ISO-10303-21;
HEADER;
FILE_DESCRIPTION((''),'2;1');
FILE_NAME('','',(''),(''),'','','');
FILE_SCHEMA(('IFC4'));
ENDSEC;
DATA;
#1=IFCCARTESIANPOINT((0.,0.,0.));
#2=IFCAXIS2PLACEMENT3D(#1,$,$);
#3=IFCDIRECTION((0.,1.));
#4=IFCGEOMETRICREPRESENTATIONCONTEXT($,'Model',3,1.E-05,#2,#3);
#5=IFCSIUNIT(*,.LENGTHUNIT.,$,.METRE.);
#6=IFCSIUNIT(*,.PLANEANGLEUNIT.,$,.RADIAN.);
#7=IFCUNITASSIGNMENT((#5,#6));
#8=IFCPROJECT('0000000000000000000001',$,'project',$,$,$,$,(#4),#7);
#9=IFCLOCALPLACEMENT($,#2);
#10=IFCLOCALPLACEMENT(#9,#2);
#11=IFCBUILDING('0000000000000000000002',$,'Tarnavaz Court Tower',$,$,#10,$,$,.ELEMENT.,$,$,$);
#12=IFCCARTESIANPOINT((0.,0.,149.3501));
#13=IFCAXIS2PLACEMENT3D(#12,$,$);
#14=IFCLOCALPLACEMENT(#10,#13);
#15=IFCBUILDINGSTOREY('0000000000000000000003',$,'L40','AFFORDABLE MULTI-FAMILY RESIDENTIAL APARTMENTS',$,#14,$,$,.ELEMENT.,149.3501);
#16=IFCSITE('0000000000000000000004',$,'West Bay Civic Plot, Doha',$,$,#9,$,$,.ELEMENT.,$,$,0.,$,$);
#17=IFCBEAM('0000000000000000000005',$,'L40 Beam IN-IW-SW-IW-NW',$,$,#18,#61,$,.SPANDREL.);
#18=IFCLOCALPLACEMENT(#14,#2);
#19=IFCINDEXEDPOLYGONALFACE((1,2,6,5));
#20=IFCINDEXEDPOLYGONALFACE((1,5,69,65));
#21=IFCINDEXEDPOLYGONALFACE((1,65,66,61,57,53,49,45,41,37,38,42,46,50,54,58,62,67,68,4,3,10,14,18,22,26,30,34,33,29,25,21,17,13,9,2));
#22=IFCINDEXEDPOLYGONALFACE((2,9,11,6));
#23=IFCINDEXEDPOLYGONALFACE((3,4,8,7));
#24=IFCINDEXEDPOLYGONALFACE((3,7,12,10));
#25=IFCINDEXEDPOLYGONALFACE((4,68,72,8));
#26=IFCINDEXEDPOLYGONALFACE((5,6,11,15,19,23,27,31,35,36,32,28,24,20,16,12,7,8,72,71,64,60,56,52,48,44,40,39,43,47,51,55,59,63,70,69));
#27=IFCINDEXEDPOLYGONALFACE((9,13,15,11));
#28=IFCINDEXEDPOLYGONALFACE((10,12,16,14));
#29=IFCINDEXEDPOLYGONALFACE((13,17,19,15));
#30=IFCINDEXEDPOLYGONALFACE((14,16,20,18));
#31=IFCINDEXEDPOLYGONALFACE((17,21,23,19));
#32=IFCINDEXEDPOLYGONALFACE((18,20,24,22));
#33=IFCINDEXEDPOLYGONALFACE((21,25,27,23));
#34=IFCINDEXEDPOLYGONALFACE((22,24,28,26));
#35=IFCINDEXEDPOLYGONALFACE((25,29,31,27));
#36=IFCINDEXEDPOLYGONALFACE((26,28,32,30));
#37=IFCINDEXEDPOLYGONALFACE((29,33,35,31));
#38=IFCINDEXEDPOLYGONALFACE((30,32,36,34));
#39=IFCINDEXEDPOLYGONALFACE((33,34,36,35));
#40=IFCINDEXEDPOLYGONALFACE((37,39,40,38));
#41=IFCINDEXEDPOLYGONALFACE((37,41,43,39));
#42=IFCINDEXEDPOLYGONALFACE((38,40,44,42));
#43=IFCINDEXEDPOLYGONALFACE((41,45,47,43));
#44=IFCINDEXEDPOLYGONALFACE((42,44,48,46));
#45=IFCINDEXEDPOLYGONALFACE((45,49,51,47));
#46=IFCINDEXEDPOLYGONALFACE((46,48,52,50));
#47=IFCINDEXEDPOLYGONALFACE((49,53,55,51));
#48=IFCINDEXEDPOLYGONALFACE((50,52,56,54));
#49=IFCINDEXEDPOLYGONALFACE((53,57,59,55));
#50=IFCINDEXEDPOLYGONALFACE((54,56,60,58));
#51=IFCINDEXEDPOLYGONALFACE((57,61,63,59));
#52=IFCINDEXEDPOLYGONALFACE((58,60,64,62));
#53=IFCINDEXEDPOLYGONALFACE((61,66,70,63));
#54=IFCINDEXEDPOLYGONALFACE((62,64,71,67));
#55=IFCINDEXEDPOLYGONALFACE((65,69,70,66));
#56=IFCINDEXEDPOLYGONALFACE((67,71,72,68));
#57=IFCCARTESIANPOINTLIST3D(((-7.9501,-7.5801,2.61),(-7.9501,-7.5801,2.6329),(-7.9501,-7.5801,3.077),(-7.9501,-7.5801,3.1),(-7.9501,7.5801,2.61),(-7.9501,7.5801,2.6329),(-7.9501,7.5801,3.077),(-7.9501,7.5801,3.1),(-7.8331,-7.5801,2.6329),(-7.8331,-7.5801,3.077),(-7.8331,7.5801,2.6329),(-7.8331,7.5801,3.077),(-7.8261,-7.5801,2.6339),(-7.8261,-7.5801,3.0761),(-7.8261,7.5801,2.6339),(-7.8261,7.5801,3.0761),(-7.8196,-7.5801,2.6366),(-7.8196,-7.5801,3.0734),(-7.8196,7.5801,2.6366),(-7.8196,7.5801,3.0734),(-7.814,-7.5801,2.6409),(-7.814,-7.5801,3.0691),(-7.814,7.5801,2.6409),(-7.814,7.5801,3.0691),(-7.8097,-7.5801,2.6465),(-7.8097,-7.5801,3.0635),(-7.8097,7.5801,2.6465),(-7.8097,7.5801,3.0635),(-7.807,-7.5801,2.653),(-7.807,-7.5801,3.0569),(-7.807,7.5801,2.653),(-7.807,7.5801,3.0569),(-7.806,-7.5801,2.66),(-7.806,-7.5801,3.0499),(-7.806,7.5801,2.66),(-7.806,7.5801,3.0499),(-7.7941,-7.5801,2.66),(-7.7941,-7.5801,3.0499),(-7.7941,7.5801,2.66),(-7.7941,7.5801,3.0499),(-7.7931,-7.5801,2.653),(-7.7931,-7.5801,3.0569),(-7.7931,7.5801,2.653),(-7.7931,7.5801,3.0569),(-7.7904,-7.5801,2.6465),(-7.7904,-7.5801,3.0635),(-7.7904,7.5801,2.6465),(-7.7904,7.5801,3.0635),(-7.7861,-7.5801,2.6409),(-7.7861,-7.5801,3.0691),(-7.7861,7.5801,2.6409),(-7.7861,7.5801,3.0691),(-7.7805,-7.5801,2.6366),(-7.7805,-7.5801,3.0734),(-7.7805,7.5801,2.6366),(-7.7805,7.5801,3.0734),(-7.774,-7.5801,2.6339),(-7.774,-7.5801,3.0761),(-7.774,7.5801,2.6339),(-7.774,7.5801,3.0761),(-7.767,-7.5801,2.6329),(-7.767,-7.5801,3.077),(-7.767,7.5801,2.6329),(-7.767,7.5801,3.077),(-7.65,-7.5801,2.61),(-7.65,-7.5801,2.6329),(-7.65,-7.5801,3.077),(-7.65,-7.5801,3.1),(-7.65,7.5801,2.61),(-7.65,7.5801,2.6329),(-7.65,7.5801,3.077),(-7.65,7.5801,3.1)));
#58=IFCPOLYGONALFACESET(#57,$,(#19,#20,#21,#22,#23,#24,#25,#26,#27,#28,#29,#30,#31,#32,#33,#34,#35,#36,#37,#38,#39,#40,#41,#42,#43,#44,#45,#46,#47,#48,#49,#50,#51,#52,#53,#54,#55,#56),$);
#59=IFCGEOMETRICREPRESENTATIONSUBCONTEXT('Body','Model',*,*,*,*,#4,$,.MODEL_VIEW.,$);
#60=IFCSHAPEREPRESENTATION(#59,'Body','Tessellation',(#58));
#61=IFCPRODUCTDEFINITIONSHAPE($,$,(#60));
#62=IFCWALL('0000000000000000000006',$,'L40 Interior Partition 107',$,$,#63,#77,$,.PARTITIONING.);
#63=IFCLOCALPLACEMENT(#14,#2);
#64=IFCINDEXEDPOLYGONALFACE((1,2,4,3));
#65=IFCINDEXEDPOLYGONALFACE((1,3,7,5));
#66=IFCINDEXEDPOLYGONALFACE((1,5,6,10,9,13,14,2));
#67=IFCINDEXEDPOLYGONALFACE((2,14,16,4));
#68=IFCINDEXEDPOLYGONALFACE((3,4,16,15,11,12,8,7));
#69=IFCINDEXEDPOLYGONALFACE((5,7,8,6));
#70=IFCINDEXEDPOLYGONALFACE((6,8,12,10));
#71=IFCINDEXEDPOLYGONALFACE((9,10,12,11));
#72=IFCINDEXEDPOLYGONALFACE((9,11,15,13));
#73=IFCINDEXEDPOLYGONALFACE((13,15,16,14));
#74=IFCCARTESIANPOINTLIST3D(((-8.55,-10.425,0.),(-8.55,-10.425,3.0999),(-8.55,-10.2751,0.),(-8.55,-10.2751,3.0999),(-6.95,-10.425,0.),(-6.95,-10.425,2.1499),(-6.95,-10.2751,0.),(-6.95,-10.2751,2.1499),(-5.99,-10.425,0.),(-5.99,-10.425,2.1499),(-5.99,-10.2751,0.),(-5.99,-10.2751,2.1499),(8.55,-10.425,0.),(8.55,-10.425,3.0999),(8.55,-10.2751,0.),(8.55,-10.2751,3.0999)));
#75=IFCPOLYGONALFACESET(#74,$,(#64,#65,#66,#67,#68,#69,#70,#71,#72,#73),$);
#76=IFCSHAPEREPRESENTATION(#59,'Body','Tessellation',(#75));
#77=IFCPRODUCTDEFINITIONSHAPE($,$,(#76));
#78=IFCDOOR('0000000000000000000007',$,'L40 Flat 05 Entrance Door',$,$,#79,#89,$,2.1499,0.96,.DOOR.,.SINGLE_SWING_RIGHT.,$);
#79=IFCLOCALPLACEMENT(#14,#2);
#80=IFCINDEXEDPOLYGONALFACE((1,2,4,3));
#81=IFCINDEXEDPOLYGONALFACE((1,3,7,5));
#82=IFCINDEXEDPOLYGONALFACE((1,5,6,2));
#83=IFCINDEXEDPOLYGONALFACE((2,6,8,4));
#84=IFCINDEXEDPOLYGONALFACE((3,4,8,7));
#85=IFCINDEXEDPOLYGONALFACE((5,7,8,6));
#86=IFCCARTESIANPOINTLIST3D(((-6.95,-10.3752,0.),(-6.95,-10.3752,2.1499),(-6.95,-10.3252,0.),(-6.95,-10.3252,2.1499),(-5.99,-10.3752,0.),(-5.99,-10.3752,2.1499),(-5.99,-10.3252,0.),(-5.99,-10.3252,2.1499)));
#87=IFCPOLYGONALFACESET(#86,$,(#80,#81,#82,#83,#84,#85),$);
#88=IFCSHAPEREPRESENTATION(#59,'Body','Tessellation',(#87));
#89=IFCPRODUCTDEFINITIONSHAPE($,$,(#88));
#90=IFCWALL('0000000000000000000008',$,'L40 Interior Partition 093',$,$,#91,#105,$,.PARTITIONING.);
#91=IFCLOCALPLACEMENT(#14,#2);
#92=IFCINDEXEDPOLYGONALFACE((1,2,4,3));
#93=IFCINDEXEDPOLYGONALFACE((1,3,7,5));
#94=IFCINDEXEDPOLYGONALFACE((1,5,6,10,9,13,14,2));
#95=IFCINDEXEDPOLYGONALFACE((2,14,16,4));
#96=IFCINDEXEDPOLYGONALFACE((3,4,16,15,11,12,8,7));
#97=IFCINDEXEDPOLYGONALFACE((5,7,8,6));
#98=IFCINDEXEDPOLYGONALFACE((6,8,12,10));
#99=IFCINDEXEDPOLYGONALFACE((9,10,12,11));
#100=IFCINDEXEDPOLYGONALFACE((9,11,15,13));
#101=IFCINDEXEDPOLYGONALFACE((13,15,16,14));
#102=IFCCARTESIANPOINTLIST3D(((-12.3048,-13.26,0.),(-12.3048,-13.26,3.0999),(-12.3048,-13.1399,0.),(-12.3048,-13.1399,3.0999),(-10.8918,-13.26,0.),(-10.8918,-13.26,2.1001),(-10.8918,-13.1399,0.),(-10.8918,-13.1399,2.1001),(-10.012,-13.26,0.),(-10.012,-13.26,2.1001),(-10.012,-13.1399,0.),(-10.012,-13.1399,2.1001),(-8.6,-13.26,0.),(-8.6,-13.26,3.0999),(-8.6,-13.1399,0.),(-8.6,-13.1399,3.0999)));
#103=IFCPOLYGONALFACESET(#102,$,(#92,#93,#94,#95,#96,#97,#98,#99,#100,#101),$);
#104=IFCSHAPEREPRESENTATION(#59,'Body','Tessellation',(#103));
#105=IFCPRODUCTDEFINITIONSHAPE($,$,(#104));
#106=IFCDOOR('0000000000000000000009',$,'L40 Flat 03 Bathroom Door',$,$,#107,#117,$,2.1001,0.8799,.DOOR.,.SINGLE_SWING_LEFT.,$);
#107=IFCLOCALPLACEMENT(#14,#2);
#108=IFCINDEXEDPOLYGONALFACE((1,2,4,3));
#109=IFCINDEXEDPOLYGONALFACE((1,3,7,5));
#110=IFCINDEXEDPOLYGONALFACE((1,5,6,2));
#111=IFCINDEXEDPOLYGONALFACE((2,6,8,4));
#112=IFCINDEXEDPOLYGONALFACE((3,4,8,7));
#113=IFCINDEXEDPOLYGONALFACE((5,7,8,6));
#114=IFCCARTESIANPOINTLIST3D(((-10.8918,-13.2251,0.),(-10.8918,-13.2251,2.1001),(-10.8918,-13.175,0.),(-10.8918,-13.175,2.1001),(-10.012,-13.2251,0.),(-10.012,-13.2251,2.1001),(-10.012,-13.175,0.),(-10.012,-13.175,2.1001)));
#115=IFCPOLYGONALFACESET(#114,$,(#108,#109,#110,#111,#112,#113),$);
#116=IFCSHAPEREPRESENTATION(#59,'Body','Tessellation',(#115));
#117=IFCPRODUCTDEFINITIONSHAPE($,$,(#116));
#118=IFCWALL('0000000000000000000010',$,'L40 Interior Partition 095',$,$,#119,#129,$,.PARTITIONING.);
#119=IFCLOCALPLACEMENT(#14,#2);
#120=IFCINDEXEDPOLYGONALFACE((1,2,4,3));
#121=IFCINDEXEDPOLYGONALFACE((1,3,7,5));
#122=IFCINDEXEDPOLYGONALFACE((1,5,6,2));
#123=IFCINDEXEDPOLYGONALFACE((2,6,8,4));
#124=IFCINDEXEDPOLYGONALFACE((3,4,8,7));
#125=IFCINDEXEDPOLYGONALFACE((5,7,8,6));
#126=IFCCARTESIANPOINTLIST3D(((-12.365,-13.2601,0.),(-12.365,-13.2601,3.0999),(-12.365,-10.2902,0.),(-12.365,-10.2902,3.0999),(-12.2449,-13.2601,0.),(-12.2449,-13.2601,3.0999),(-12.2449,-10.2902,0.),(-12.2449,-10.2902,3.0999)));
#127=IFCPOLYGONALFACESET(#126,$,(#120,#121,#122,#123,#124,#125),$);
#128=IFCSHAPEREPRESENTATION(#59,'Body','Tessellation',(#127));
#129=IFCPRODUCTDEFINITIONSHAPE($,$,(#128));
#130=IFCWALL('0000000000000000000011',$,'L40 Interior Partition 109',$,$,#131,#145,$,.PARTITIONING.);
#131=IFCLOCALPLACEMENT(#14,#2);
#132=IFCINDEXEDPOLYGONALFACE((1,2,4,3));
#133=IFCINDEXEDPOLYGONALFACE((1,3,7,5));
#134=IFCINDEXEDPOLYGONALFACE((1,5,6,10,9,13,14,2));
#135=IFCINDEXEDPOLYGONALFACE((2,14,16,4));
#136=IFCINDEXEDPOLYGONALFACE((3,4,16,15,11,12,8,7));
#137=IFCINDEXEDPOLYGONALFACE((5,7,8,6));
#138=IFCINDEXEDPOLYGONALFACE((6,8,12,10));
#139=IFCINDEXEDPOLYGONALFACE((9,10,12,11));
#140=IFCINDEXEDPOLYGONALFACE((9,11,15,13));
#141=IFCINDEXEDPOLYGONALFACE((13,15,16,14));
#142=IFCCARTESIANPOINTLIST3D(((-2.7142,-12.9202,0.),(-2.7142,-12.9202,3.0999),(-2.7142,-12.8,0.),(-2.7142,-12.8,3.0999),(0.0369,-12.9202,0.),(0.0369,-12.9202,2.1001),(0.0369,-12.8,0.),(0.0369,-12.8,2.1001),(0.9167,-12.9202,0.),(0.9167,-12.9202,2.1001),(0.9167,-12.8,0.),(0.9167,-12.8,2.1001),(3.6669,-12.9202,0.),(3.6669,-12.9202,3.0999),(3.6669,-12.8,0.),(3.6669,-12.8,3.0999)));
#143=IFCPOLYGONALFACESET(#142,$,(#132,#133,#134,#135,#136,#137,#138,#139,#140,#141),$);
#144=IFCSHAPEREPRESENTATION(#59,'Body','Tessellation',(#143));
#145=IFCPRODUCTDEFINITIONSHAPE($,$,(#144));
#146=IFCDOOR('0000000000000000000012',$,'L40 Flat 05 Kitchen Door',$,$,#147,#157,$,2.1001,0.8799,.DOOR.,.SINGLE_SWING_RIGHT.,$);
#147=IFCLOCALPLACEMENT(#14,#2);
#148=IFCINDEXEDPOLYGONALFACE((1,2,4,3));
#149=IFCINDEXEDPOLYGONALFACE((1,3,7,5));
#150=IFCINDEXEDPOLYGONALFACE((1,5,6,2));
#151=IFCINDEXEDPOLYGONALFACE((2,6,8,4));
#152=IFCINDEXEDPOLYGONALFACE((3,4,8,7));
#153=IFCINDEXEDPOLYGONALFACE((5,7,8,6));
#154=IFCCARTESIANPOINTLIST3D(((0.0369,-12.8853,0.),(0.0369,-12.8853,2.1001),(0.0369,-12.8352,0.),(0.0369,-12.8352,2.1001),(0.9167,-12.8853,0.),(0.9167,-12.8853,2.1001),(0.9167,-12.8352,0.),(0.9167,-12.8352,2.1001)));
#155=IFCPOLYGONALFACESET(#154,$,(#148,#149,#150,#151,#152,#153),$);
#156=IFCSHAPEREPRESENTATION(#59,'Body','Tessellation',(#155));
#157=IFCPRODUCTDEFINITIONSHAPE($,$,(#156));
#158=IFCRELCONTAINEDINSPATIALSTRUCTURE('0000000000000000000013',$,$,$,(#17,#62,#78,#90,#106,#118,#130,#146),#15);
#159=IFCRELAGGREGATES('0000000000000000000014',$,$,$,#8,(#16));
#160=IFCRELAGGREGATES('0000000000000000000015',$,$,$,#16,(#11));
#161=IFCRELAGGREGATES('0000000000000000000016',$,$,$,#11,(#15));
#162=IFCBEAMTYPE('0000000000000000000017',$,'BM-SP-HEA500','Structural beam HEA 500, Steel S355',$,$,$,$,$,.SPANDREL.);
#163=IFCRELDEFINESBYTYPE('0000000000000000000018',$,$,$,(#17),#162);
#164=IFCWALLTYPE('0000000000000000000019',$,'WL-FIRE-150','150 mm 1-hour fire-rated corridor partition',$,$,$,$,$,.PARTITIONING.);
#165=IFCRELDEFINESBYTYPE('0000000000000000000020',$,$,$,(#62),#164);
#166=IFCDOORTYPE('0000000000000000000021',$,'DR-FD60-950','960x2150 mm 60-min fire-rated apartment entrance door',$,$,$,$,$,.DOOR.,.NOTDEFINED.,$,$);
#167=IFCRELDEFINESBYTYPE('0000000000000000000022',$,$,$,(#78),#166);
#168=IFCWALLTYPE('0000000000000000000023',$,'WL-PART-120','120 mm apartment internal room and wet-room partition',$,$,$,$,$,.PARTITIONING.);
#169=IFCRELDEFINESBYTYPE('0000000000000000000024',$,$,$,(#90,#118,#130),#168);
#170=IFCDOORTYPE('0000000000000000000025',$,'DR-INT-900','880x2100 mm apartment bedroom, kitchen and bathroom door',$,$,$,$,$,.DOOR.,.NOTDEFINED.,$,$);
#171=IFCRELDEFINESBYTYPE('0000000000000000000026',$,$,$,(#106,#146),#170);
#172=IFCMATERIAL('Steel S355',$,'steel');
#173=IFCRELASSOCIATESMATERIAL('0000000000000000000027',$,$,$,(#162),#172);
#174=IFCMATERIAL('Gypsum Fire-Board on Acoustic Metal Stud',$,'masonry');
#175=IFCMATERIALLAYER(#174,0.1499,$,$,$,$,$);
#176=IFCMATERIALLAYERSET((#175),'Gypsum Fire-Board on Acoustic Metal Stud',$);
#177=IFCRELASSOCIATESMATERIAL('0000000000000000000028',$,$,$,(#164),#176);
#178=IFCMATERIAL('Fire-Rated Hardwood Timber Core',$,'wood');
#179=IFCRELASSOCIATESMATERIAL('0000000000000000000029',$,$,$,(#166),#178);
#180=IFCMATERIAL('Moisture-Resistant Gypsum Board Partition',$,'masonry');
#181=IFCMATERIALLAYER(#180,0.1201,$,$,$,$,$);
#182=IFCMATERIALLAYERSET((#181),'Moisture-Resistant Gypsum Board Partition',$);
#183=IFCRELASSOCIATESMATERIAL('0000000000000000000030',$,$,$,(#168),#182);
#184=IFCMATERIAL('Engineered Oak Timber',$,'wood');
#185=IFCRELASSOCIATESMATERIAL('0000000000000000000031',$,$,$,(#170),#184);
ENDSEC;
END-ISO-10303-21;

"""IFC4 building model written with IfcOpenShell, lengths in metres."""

from ifc_helpers import new_model, si_unit, direction, frame, frame_2d, origin, origin_2d, place, context, subcontext, project, spatial, rectangle, i_section, extrude, material, layer, layer_set, material_profile, profile_set, type_object, element, fill, save


model = new_model("IFC4")

# Units and contexts
model_context = context("Model", 3, precision=1e-05, world=origin(), true_north=direction((0.0, 1.0)))
body_context = subcontext(model_context, "Body", "Model", "MODEL_VIEW")
ifc_project = project(units=[si_unit("LENGTHUNIT", "METRE"), si_unit("PLANEANGLEUNIT", "RADIAN")], contexts=[model_context])

# Site, building, storey
site_placement = place(None, origin())
site = spatial("IfcSite", under=ifc_project, at=site_placement, Name="West Bay Civic Plot, Doha", CompositionType="ELEMENT", RefElevation=0.0)
building_placement = place(site_placement, origin())
building = spatial("IfcBuilding", under=site, at=building_placement, Name="Tarnavaz Court Tower", CompositionType="ELEMENT")
storey_placement = place(building_placement, frame((0.0, 0.0, 149.3501)))
storey = spatial("IfcBuildingStorey", under=building, at=storey_placement, Name="L40", Description="AFFORDABLE MULTI-FAMILY RESIDENTIAL APARTMENTS", CompositionType="ELEMENT", Elevation=149.3501)

# Beam
ifc_material_1 = material(Name="Steel S355", Category="steel")
ifc_material_profile_1 = material_profile(ifc_material_1, i_section(OverallWidth=0.3, OverallDepth=0.49, WebThickness=0.012, FlangeThickness=0.0229, FilletRadius=0.0271, at=origin_2d()), Name="HEA 500")
ifc_profile_set_1 = profile_set([ifc_material_profile_1], Name="Steel S355")
beam_type_1 = type_object("IfcBeamType", Name="BM-SP-HEA500", Description="Structural beam HEA 500, Steel S355", PredefinedType="SPANDREL", material=ifc_profile_set_1)
for number, where, z_axis, x_axis, name in (
    (1, (-7.8, -7.5801, 2.855), (0.0, 1.0, 0.0), (-1.0, 0.0, 0.0), "L40 Beam IN-IW-SW-IW-NW"),
):
    element("IfcBeam", number, at=place(storey_placement, frame(where, z_axis=z_axis, x_axis=x_axis)), inside=storey, type_object=beam_type_1, Name=name, PredefinedType="SPANDREL", context=body_context, shape_type="SweptSolid", body=[
        extrude(i_section(OverallWidth=0.3, OverallDepth=0.49, WebThickness=0.012, FlangeThickness=0.0229, FilletRadius=0.0271, at=origin_2d()), origin(), (0.0, 0.0, 1.0), 15.1602),
    ])

# Walls, openings, doors
ifc_material_2 = material(Name="Gypsum Fire-Board on Acoustic Metal Stud", Category="masonry")
ifc_layer_1 = layer(ifc_material_2, 0.1499)
ifc_layer_set_1 = layer_set([ifc_layer_1], Name="Gypsum Fire-Board on Acoustic Metal Stud")
wall_type_1 = type_object("IfcWallType", Name="WL-FIRE-150", Description="150 mm 1-hour fire-rated corridor partition", PredefinedType="PARTITIONING", material=ifc_layer_set_1)
wall_1_placement = place(storey_placement, frame((-8.55, -10.3501, 0.0), z_axis=(0.0, 0.0, 1.0), x_axis=(1.0, 0.0, 0.0)))
wall_1 = element("IfcWall", 2, at=wall_1_placement, inside=storey, type_object=wall_type_1, Name="L40 Interior Partition 107", PredefinedType="PARTITIONING", context=body_context, shape_type="SweptSolid", body=[
    extrude(rectangle(XDim=17.1001, YDim=0.1499, at=frame_2d((8.55, 0.0))), origin(), (0.0, 0.0, 1.0), 3.0999),
])
opening_1_placement = place(wall_1_placement, frame((1.6001, 0.0, 0.0)))
opening_1 = element("IfcOpeningElement", 3, at=opening_1_placement, cuts=wall_1, PredefinedType="OPENING", context=body_context, shape_type="SweptSolid", body=[
    extrude(rectangle(XDim=0.96, YDim=2.1499, at=frame_2d((0.48, 1.075))), frame((0.0, 0.085, 0.0), z_axis=(0.0, -1.0, 0.0), x_axis=(1.0, 0.0, 0.0)), (0.0, 0.0, 1.0), 0.1699),
])
ifc_material_3 = material(Name="Fire-Rated Hardwood Timber Core", Category="wood")
door_type_1 = type_object("IfcDoorType", Name="DR-FD60-950", Description="960x2150 mm 60-min fire-rated apartment entrance door", OperationType="NOTDEFINED", PredefinedType="DOOR", material=ifc_material_3)
door_1_placement = place(opening_1_placement, origin())
door_1 = element("IfcDoor", 4, at=door_1_placement, inside=storey, type_object=door_type_1, Name="L40 Flat 05 Entrance Door", OperationType="SINGLE_SWING_RIGHT", OverallHeight=2.1499, OverallWidth=0.96, PredefinedType="DOOR", context=body_context, shape_type="SweptSolid", body=[
    extrude(rectangle(XDim=0.96, YDim=2.1499, at=frame_2d((0.48, 1.075))), frame((0.0, 0.0249, 0.0), z_axis=(0.0, -1.0, 0.0), x_axis=(1.0, 0.0, 0.0)), (0.0, 0.0, 1.0), 0.05),
])
fill(opening_1, door_1)
ifc_material_4 = material(Name="Moisture-Resistant Gypsum Board Partition", Category="masonry")
ifc_layer_2 = layer(ifc_material_4, 0.1201)
ifc_layer_set_2 = layer_set([ifc_layer_2], Name="Moisture-Resistant Gypsum Board Partition")
wall_type_2 = type_object("IfcWallType", Name="WL-PART-120", Description="120 mm apartment internal room and wet-room partition", PredefinedType="PARTITIONING", material=ifc_layer_set_2)
wall_2_placement = place(storey_placement, frame((-12.3049, -13.2, 0.0), z_axis=(0.0, 0.0, 1.0), x_axis=(1.0, 0.0, 0.0)))
wall_2 = element("IfcWall", 5, at=wall_2_placement, inside=storey, type_object=wall_type_2, Name="L40 Interior Partition 093", PredefinedType="PARTITIONING", context=body_context, shape_type="SweptSolid", body=[
    extrude(rectangle(XDim=3.7048, YDim=0.1201, at=frame_2d((1.8525, 0.0))), origin(), (0.0, 0.0, 1.0), 3.0999),
])
opening_2_placement = place(wall_2_placement, frame((1.4131, 0.0, 0.0)))
opening_2 = element("IfcOpeningElement", 6, at=opening_2_placement, cuts=wall_2, PredefinedType="OPENING", context=body_context, shape_type="SweptSolid", body=[
    extrude(rectangle(XDim=0.8799, YDim=2.1001, at=frame_2d((0.4399, 1.05))), frame((0.0, 0.0701, 0.0), z_axis=(0.0, -1.0, 0.0), x_axis=(1.0, 0.0, 0.0)), (0.0, 0.0, 1.0), 0.1401),
])
ifc_material_5 = material(Name="Engineered Oak Timber", Category="wood")
door_type_2 = type_object("IfcDoorType", Name="DR-INT-900", Description="880x2100 mm apartment bedroom, kitchen and bathroom door", OperationType="NOTDEFINED", PredefinedType="DOOR", material=ifc_material_5)
door_2_placement = place(opening_2_placement, origin())
door_2 = element("IfcDoor", 7, at=door_2_placement, inside=storey, type_object=door_type_2, Name="L40 Flat 03 Bathroom Door", OperationType="SINGLE_SWING_LEFT", OverallHeight=2.1001, OverallWidth=0.8799, PredefinedType="DOOR", context=body_context, shape_type="SweptSolid", body=[
    extrude(rectangle(XDim=0.8799, YDim=2.1001, at=frame_2d((0.4399, 1.05))), frame((0.0, 0.0249, 0.0), z_axis=(0.0, -1.0, 0.0), x_axis=(1.0, 0.0, 0.0)), (0.0, 0.0, 1.0), 0.05),
])
fill(opening_2, door_2)

# Wall
wall_3_placement = place(storey_placement, frame((-12.3049, -13.26, 0.0), z_axis=(0.0, 0.0, 1.0), x_axis=(0.0, 1.0, 0.0)))
element("IfcWall", 8, at=wall_3_placement, inside=storey, type_object=wall_type_2, Name="L40 Interior Partition 095", PredefinedType="PARTITIONING", context=body_context, shape_type="SweptSolid", body=[
    extrude(rectangle(XDim=2.97, YDim=0.1201, at=frame_2d((1.4849, 0.0))), origin(), (0.0, 0.0, 1.0), 3.0999),
])

# Wall, opening, door
wall_4_placement = place(storey_placement, frame((-2.7141, -12.8601, 0.0), z_axis=(0.0, 0.0, 1.0), x_axis=(1.0, 0.0, 0.0)))
wall_4 = element("IfcWall", 9, at=wall_4_placement, inside=storey, type_object=wall_type_2, Name="L40 Interior Partition 109", PredefinedType="PARTITIONING", context=body_context, shape_type="SweptSolid", body=[
    extrude(rectangle(XDim=6.3811, YDim=0.1201, at=frame_2d((3.1904, 0.0))), origin(), (0.0, 0.0, 1.0), 3.0999),
])
opening_3_placement = place(wall_4_placement, frame((2.751, 0.0, 0.0)))
opening_3 = element("IfcOpeningElement", 10, at=opening_3_placement, cuts=wall_4, PredefinedType="OPENING", context=body_context, shape_type="SweptSolid", body=[
    extrude(rectangle(XDim=0.8799, YDim=2.1001, at=frame_2d((0.4399, 1.05))), frame((0.0, 0.0701, 0.0), z_axis=(0.0, -1.0, 0.0), x_axis=(1.0, 0.0, 0.0)), (0.0, 0.0, 1.0), 0.1401),
])
door_3_placement = place(opening_3_placement, origin())
door_3 = element("IfcDoor", 11, at=door_3_placement, inside=storey, type_object=door_type_2, Name="L40 Flat 05 Kitchen Door", OperationType="SINGLE_SWING_RIGHT", OverallHeight=2.1001, OverallWidth=0.8799, PredefinedType="DOOR", context=body_context, shape_type="SweptSolid", body=[
    extrude(rectangle(XDim=0.8799, YDim=2.1001, at=frame_2d((0.4399, 1.05))), frame((0.0, 0.0249, 0.0), z_axis=(0.0, -1.0, 0.0), x_axis=(1.0, 0.0, 0.0)), (0.0, 0.0, 1.0), 0.05),
])
fill(opening_3, door_3)

save(model, "model.ifc")
